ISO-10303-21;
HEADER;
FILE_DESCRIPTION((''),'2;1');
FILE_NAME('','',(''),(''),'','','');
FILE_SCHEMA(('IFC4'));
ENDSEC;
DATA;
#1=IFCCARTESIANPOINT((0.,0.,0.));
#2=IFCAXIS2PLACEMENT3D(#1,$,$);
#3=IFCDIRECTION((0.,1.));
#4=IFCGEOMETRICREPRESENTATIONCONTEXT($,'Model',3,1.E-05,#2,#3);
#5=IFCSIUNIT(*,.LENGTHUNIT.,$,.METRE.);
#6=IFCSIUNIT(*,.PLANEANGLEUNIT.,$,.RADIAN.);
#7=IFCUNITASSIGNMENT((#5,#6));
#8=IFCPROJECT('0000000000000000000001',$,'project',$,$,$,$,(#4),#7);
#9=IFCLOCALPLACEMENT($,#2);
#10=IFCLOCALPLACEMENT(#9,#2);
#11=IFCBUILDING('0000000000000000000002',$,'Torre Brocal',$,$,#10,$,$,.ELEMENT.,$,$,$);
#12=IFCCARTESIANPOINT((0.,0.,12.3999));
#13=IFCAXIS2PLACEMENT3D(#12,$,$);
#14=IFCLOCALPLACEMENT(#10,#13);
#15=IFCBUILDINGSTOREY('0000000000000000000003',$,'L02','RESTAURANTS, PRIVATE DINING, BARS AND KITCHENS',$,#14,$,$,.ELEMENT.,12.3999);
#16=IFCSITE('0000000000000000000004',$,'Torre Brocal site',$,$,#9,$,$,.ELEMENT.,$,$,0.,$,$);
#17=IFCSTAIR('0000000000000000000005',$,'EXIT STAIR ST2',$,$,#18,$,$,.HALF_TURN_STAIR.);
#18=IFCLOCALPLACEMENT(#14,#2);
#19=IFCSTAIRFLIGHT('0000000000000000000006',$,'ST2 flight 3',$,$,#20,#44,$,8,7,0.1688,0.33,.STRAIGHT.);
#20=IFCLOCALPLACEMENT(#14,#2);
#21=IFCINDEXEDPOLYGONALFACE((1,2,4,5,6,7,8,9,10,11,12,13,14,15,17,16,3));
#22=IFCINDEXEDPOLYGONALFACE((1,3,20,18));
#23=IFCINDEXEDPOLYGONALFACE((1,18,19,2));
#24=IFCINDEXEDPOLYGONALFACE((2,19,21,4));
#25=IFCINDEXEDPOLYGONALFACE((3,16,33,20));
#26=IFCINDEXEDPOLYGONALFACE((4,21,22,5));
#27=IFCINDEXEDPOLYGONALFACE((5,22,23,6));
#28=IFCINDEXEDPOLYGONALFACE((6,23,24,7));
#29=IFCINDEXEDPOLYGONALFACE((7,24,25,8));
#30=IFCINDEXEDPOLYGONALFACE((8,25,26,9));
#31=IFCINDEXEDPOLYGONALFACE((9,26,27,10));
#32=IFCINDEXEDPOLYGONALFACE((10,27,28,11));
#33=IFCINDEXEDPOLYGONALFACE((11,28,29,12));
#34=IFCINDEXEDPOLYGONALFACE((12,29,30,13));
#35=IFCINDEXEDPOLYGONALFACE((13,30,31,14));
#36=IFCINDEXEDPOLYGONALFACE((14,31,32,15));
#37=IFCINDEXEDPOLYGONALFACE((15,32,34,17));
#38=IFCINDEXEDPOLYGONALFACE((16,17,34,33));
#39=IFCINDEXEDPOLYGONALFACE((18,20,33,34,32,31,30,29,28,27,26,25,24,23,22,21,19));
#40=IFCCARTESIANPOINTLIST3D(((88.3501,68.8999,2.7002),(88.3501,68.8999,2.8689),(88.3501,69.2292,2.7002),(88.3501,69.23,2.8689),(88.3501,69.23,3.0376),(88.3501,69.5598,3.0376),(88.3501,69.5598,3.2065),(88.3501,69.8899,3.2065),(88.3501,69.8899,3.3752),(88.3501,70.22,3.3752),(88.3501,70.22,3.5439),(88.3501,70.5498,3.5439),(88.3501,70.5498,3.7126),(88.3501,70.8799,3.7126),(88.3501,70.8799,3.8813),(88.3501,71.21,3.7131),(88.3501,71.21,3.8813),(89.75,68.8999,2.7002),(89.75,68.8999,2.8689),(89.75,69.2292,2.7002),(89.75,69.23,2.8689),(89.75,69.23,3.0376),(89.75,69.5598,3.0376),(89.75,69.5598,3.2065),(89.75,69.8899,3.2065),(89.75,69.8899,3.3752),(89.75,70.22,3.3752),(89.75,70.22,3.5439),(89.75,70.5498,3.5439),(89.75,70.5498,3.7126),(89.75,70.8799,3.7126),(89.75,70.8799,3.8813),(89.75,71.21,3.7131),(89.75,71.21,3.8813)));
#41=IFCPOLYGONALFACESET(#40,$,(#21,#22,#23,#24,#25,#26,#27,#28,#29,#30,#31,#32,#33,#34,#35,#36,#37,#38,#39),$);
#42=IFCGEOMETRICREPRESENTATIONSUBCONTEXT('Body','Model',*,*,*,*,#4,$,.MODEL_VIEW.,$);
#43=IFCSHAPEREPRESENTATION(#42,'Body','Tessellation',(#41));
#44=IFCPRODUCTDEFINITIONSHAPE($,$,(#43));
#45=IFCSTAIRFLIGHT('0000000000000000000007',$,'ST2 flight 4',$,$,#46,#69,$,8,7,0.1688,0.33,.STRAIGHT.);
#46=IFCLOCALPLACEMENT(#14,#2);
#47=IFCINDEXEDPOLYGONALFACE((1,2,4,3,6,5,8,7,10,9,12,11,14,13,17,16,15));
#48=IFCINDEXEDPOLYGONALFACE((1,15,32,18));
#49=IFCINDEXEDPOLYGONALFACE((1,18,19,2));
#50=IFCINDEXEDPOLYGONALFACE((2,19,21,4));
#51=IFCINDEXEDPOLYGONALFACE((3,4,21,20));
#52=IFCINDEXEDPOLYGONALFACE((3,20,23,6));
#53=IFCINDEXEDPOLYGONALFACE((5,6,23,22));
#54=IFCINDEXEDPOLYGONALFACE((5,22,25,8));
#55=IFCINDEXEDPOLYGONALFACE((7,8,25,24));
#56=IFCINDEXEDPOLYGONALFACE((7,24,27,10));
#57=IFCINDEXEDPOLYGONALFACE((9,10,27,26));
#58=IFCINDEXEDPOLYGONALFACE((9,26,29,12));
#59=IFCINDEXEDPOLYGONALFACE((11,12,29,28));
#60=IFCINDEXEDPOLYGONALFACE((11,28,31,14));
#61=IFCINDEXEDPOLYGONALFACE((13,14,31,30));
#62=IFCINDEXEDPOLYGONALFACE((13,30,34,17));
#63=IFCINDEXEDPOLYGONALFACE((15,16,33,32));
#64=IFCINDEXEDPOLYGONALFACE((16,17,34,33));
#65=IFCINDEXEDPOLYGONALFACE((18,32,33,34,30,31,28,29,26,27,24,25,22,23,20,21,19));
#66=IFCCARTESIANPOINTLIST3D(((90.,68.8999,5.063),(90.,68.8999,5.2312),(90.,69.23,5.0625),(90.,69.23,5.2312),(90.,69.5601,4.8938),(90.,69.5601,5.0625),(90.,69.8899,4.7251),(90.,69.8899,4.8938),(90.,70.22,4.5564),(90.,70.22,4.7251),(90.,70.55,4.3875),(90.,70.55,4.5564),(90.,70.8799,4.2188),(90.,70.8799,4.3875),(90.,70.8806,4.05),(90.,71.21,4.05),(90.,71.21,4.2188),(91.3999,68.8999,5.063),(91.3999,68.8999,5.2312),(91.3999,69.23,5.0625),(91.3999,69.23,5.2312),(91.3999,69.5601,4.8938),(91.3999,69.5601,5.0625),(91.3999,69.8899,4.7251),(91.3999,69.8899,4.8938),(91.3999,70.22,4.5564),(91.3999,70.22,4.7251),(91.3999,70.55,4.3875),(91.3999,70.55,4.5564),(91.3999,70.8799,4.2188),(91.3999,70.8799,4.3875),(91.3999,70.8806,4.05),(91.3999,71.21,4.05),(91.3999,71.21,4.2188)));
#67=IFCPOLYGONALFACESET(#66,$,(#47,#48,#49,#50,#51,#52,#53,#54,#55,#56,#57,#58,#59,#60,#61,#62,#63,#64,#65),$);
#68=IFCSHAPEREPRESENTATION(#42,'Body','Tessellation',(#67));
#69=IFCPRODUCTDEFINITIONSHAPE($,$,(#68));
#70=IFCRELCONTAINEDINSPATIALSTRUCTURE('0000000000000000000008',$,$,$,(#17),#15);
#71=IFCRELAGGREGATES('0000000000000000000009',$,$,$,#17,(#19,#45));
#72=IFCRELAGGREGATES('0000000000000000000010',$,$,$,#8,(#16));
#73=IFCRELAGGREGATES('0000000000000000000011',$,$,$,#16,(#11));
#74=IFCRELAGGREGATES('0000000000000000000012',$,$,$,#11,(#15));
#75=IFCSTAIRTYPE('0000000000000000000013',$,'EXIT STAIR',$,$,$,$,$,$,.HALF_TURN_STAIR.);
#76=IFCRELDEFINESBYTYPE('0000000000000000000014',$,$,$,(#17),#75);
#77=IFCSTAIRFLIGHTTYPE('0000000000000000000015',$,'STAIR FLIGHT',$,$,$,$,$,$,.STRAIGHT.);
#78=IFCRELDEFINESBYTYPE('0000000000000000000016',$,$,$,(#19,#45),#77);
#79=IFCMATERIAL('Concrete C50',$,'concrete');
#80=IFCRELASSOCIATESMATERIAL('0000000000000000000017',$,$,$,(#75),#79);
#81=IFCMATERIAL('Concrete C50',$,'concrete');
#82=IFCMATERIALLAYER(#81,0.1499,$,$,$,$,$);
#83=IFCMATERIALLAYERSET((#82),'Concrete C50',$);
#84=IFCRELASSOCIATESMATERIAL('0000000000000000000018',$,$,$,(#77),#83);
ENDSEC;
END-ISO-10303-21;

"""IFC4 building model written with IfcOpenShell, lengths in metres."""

from ifc_helpers import new_model, si_unit, direction, frame, origin, place, context, subcontext, project, spatial, polyline, outline, extrude, material, layer, layer_set, type_object, element, aggregate, save


model = new_model("IFC4")

# Units and contexts
model_context = context("Model", 3, precision=1e-05, world=origin(), true_north=direction((0.0, 1.0)))
body_context = subcontext(model_context, "Body", "Model", "MODEL_VIEW")
ifc_project = project(units=[si_unit("LENGTHUNIT", "METRE"), si_unit("PLANEANGLEUNIT", "RADIAN")], contexts=[model_context])

# Site, building, storey
site_placement = place(None, origin())
site = spatial("IfcSite", under=ifc_project, at=site_placement, Name="Torre Brocal site", CompositionType="ELEMENT", RefElevation=0.0)
building_placement = place(site_placement, origin())
building = spatial("IfcBuilding", under=site, at=building_placement, Name="Torre Brocal", CompositionType="ELEMENT")
storey_placement = place(building_placement, frame((0.0, 0.0, 12.3999)))
storey = spatial("IfcBuildingStorey", under=building, at=storey_placement, Name="L02", Description="RESTAURANTS, PRIVATE DINING, BARS AND KITCHENS", CompositionType="ELEMENT", Elevation=12.3999)

# Stair, stair flights
ifc_material_1 = material(Name="Concrete C50", Category="concrete")
stair_type = type_object("IfcStairType", Name="EXIT STAIR", PredefinedType="HALF_TURN_STAIR", material=ifc_material_1)
stair_placement = place(storey_placement, origin())
stair = element("IfcStair", 1, at=stair_placement, inside=storey, type_object=stair_type, Name="EXIT STAIR ST2", PredefinedType="HALF_TURN_STAIR")
ifc_material_2 = material(Name="Concrete C50", Category="concrete")
ifc_layer_1 = layer(ifc_material_2, 0.1499)
ifc_layer_set_1 = layer_set([ifc_layer_1], Name="Concrete C50")
stair_flight_type = type_object("IfcStairFlightType", Name="STAIR FLIGHT", PredefinedType="STRAIGHT", material=ifc_layer_set_1)
stair_flight_1_placement = place(storey_placement, frame((89.05, 68.8999, 2.7002), z_axis=(0.0, 0.0, 1.0), x_axis=(0.0, 1.0, 0.0)))
stair_flight_1 = element("IfcStairFlight", 2, at=stair_flight_1_placement, type_object=stair_flight_type, Name="ST2 flight 3", NumberOfRisers=8, NumberOfTreads=7, PredefinedType="STRAIGHT", RiserHeight=0.1688, TreadLength=0.33, context=body_context, shape_type="SweptSolid", body=[
    extrude(outline(polyline([(0.0, 0.0), (0.0, 0.1687), (0.3301, 0.1687), (0.3301, 0.3374), (0.6599, 0.3374), (0.6599, 0.5063), (0.99, 0.5063), (0.99, 0.675), (1.3201, 0.675), (1.3201, 0.8438), (1.6499, 0.8438), (1.6499, 1.0125), (1.98, 1.0125), (1.98, 1.1812), (2.3101, 1.1812), (2.3101, 1.3501), (2.3101, 1.0129), (0.3293, 0.0), (0.0, 0.0)])), frame((0.0, 0.7, 0.0), z_axis=(0.0, -1.0, 0.0), x_axis=(1.0, 0.0, 0.0)), (0.0, 0.0, 1.0), 1.3999),
])
stair_flight_2_placement = place(storey_placement, frame((90.7, 71.21, 4.05), z_axis=(0.0, 0.0, 1.0), x_axis=(0.0, -1.0, 0.0)))
stair_flight_2 = element("IfcStairFlight", 3, at=stair_flight_2_placement, type_object=stair_flight_type, Name="ST2 flight 4", NumberOfRisers=8, NumberOfTreads=7, PredefinedType="STRAIGHT", RiserHeight=0.1688, TreadLength=0.33, context=body_context, shape_type="SweptSolid", body=[
    extrude(outline(polyline([(0.0, 0.0), (0.0, 0.1687), (0.3301, 0.1687), (0.3301, 0.3374), (0.6599, 0.3374), (0.6599, 0.5063), (0.99, 0.5063), (0.99, 0.675), (1.3201, 0.675), (1.3201, 0.8438), (1.6499, 0.8438), (1.6499, 1.0125), (1.98, 1.0125), (1.98, 1.1812), (2.3101, 1.1812), (2.3101, 1.3501), (2.3101, 1.0129), (0.3293, 0.0), (0.0, 0.0)])), frame((0.0, 0.7, 0.0), z_axis=(0.0, -1.0, 0.0), x_axis=(1.0, 0.0, 0.0)), (0.0, 0.0, 1.0), 1.3999),
])
aggregate(stair, [stair_flight_1, stair_flight_2])

save(model, "model.ifc")
